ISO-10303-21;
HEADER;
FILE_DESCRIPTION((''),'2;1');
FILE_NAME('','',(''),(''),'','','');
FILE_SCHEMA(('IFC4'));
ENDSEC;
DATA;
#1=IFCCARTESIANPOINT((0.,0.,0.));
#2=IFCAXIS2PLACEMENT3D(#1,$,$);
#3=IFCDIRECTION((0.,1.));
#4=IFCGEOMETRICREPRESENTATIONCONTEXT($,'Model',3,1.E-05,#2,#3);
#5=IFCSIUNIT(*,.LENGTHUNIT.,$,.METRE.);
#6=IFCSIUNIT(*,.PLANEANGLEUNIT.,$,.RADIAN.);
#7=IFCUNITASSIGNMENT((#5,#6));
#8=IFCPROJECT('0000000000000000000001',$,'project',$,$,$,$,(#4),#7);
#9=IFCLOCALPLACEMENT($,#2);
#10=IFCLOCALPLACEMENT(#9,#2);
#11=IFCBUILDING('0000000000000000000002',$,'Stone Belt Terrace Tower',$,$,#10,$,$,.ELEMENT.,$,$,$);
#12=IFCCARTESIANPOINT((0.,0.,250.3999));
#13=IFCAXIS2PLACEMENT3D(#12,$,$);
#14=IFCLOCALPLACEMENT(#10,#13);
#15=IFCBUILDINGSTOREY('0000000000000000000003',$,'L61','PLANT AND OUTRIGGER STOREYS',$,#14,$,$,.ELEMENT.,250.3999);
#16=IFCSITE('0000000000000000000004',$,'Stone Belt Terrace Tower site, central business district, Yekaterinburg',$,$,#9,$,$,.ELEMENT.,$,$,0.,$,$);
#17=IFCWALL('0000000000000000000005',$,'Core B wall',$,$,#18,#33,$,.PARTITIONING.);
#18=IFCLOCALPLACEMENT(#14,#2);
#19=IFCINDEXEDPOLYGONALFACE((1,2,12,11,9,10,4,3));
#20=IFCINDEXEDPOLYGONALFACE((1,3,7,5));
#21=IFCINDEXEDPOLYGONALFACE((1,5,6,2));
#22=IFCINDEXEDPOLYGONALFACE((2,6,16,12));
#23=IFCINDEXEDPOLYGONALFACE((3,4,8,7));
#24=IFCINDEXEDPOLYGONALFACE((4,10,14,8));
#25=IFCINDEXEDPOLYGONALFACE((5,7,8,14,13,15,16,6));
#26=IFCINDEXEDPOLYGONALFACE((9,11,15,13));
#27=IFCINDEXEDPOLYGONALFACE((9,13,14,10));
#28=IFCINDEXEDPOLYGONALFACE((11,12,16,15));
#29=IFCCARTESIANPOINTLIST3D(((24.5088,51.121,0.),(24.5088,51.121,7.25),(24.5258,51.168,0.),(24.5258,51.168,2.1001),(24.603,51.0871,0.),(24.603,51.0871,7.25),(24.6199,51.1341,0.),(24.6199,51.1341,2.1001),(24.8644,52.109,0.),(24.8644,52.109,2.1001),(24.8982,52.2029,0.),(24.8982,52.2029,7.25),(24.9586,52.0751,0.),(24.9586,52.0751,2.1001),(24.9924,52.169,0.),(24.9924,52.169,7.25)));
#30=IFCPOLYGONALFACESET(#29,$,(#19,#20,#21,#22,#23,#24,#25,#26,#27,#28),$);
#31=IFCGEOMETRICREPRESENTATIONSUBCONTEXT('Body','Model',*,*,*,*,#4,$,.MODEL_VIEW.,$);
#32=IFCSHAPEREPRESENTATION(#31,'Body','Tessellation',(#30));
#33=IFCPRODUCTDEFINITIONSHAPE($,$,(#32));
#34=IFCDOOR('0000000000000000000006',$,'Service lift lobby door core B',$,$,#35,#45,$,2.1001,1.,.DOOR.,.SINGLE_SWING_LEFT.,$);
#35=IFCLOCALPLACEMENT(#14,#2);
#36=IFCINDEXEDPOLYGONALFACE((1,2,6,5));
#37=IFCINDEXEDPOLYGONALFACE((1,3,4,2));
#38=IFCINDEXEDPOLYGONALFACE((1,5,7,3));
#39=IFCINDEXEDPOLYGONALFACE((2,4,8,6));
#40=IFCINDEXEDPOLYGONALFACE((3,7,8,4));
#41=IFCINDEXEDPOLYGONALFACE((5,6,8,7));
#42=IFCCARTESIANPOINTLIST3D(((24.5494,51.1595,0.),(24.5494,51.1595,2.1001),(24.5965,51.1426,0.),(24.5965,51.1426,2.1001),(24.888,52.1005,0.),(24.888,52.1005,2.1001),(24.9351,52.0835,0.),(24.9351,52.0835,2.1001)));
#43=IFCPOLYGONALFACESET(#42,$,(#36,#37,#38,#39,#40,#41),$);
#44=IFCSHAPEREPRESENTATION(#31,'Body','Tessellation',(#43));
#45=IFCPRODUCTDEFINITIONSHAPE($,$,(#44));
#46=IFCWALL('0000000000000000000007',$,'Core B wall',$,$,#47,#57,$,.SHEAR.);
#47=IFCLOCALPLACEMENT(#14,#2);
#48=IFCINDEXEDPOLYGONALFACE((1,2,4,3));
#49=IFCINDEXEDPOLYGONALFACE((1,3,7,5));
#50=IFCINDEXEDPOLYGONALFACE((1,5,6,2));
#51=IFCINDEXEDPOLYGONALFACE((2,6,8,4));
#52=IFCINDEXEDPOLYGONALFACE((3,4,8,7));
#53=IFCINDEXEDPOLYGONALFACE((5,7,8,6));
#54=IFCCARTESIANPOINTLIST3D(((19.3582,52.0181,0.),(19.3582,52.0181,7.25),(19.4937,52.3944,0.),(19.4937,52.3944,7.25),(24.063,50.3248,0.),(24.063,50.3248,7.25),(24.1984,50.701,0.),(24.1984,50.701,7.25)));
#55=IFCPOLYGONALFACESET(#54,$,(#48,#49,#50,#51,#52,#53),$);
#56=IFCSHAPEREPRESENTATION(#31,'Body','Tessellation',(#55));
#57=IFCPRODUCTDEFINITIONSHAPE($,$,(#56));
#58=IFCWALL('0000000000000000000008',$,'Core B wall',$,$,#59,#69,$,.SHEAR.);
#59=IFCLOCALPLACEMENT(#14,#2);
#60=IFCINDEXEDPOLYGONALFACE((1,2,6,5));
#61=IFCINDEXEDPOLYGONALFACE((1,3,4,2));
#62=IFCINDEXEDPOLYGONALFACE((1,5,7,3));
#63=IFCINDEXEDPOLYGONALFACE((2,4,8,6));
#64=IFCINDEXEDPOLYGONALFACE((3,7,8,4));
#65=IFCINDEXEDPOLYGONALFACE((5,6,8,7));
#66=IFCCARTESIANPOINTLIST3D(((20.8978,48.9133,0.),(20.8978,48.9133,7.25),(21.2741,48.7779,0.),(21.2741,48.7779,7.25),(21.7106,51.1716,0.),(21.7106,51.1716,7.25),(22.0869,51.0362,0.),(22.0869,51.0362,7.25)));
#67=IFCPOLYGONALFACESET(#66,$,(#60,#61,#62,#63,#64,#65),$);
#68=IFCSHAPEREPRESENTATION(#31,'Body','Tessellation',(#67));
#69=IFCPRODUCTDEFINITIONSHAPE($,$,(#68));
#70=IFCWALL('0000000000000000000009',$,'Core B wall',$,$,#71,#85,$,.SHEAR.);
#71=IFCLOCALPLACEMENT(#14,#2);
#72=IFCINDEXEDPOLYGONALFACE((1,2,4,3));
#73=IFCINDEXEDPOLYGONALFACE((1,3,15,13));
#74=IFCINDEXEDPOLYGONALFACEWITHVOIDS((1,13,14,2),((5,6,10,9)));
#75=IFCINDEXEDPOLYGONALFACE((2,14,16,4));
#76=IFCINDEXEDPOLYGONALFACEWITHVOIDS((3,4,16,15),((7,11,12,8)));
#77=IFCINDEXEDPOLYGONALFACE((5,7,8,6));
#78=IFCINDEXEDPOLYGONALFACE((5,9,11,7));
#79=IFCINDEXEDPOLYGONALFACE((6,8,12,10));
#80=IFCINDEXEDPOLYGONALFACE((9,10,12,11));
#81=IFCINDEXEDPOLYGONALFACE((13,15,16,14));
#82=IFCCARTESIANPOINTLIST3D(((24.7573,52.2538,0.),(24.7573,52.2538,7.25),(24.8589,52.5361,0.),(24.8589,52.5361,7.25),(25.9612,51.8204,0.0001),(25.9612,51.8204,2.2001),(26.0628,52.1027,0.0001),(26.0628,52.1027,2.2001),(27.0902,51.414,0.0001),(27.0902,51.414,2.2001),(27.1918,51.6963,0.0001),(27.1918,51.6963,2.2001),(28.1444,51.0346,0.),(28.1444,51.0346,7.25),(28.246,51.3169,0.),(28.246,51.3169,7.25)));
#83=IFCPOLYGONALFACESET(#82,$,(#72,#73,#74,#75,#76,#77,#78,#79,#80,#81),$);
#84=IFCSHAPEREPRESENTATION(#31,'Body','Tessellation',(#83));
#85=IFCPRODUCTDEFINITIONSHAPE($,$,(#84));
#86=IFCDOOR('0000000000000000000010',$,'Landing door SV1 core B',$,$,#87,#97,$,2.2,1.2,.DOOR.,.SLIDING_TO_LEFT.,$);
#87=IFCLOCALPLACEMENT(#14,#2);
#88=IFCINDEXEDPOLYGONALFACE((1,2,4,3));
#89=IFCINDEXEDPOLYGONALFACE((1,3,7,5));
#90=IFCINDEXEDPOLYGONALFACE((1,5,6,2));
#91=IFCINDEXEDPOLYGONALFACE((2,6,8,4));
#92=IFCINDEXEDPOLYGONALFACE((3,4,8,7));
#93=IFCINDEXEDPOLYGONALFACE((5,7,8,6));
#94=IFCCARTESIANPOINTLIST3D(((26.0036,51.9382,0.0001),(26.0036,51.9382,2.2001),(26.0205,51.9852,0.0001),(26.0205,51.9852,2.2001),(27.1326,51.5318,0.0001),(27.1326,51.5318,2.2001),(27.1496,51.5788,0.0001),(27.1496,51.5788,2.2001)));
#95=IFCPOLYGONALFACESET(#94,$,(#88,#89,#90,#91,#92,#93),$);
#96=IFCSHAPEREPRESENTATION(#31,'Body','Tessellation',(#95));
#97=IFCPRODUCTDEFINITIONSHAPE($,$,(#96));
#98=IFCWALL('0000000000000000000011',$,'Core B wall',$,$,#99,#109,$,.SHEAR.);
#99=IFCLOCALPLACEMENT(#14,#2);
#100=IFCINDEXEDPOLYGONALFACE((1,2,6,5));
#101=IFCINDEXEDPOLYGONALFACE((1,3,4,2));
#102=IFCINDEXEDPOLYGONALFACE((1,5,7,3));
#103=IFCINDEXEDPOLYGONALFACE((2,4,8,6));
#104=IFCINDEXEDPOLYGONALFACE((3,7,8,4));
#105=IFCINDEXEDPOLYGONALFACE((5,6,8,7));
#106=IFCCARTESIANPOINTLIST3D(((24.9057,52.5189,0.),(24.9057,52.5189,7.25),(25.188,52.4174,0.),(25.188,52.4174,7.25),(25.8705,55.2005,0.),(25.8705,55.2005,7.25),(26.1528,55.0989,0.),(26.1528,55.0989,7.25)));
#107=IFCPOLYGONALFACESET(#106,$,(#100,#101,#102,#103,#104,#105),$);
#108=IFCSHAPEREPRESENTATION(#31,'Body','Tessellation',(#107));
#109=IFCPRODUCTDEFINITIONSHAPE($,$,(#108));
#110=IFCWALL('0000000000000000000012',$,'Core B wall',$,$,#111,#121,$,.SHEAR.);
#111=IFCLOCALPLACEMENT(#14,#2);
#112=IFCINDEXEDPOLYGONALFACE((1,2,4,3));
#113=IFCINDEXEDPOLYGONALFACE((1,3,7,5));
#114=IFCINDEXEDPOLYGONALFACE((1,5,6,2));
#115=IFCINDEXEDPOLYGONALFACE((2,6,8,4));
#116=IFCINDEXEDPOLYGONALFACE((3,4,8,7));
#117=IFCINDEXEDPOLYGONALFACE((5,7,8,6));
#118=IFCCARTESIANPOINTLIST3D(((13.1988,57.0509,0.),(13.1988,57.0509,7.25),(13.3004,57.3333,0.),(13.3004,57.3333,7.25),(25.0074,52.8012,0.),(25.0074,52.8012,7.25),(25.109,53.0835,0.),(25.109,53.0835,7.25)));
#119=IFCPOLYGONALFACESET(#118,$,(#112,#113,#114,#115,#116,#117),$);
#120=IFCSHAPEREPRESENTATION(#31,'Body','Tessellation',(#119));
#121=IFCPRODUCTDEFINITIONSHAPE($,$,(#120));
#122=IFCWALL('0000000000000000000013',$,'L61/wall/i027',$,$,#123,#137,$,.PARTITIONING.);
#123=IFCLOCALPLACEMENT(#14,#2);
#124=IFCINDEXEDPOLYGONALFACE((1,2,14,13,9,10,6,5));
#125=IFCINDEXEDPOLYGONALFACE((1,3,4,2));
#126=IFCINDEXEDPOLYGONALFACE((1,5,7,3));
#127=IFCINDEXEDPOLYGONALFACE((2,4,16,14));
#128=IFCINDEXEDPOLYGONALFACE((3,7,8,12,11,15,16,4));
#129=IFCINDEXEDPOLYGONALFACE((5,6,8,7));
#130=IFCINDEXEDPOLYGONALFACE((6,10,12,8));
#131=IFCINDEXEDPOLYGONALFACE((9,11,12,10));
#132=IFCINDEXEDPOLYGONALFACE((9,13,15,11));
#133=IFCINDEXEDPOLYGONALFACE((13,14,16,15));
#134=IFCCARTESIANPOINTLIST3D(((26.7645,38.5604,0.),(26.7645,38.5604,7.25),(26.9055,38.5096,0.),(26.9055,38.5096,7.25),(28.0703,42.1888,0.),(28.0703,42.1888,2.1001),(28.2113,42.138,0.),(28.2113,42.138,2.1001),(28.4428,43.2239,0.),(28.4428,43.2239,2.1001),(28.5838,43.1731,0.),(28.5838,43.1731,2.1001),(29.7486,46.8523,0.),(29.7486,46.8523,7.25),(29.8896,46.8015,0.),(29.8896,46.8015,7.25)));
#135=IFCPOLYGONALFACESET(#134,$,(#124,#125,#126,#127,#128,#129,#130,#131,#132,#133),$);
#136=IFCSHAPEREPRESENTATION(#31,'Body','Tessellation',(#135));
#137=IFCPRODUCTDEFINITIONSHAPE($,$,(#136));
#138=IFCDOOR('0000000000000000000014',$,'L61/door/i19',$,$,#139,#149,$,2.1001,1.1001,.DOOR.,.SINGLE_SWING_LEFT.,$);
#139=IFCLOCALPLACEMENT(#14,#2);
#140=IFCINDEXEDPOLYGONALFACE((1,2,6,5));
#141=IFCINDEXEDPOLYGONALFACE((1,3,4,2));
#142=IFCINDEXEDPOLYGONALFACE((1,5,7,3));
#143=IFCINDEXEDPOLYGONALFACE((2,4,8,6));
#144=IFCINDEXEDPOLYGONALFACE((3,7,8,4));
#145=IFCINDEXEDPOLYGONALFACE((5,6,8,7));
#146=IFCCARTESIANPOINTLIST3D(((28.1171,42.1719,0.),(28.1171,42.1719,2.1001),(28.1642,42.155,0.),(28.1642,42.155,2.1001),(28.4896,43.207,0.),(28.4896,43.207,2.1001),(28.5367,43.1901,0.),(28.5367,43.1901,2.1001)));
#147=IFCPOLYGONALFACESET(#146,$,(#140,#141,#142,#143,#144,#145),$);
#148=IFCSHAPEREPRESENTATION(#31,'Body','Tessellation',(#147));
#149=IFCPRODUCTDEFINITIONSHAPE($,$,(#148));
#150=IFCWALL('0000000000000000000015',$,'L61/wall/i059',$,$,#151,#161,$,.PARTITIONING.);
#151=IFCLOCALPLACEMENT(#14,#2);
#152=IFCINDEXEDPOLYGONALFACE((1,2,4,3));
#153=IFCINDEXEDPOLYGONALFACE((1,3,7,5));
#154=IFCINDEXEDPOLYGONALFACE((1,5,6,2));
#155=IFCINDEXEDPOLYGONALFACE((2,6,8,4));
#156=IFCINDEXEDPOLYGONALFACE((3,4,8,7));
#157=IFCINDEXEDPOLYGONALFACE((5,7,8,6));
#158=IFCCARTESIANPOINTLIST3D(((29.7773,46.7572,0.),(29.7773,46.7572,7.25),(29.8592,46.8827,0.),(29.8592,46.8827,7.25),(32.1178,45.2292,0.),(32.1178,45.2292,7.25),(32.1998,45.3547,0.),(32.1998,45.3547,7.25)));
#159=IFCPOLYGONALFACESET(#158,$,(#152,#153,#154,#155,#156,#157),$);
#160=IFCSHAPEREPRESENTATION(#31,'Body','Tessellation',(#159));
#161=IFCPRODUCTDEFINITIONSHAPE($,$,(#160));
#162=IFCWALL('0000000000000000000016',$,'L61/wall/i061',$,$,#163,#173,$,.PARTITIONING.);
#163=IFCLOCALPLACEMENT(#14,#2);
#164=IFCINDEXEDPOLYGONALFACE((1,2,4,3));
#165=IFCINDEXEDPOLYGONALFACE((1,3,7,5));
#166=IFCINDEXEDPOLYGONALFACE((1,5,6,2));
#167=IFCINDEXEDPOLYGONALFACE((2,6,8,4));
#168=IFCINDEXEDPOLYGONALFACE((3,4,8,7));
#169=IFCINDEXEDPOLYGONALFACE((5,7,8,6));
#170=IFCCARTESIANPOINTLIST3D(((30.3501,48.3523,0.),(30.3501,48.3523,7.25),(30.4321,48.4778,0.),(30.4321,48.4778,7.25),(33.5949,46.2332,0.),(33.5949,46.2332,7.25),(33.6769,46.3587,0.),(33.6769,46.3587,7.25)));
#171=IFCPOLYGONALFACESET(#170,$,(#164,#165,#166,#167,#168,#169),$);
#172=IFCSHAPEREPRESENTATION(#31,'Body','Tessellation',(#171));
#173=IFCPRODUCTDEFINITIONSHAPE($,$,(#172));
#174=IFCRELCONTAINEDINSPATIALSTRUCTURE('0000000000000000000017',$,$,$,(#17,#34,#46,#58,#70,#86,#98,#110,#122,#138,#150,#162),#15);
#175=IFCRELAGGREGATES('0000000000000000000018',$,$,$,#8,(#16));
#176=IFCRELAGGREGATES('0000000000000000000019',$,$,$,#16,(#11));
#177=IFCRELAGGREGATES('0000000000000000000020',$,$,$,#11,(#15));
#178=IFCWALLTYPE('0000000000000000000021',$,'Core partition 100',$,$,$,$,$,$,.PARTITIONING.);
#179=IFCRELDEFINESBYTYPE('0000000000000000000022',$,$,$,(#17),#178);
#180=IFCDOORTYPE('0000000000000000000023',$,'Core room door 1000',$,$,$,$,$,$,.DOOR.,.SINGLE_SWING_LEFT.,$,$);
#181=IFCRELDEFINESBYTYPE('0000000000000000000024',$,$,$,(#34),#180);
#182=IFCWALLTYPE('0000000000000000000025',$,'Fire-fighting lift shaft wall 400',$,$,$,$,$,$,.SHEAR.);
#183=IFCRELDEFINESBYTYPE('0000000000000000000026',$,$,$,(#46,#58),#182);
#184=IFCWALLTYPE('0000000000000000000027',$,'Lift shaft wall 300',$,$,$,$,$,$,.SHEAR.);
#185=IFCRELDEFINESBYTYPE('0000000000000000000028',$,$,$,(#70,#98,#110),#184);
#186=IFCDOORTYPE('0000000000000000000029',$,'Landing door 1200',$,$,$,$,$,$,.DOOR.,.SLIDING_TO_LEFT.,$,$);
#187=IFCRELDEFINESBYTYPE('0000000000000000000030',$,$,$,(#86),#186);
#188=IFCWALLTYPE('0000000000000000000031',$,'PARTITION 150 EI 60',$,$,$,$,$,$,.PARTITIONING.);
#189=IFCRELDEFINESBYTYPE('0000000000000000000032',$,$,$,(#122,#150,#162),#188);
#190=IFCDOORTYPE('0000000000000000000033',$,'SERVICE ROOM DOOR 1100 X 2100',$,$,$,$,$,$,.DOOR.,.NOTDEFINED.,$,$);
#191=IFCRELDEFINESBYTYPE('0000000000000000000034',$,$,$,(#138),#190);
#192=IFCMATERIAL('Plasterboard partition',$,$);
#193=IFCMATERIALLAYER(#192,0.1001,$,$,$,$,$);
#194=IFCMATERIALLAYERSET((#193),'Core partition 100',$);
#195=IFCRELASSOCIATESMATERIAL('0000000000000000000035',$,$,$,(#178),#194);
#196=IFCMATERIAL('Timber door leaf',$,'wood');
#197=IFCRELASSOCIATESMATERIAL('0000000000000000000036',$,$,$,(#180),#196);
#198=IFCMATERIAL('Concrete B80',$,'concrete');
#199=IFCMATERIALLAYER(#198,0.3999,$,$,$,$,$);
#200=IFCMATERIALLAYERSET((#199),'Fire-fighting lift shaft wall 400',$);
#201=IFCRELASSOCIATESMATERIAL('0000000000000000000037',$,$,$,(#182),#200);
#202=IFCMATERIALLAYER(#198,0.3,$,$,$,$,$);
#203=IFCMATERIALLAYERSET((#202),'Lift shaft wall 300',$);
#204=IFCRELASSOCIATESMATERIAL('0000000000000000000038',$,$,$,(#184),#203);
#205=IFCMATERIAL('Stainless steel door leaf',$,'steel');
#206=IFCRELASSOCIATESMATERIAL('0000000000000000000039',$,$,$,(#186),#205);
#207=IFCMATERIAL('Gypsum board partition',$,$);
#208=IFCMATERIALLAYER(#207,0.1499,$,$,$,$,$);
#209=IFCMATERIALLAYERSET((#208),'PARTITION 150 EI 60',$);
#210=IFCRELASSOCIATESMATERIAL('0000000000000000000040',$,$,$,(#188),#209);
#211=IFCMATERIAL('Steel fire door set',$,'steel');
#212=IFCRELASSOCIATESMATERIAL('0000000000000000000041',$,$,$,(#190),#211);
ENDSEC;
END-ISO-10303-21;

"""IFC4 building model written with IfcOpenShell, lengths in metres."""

from ifc_helpers import new_model, si_unit, direction, frame, frame_2d, origin, place, context, subcontext, project, spatial, rectangle, extrude, material, layer, layer_set, type_object, element, fill, save


model = new_model("IFC4")

# Units and contexts
model_context = context("Model", 3, precision=1e-05, world=origin(), true_north=direction((0.0, 1.0)))
body_context = subcontext(model_context, "Body", "Model", "MODEL_VIEW")
ifc_project = project(units=[si_unit("LENGTHUNIT", "METRE"), si_unit("PLANEANGLEUNIT", "RADIAN")], contexts=[model_context])

# Site, building, storey
site_placement = place(None, origin())
site = spatial("IfcSite", under=ifc_project, at=site_placement, Name="Stone Belt Terrace Tower site, central business district, Yekaterinburg", CompositionType="ELEMENT", RefElevation=0.0)
building_placement = place(site_placement, origin())
building = spatial("IfcBuilding", under=site, at=building_placement, Name="Stone Belt Terrace Tower", CompositionType="ELEMENT")
storey_placement = place(building_placement, frame((0.0, 0.0, 250.3999)))
storey = spatial("IfcBuildingStorey", under=building, at=storey_placement, Name="L61", Description="PLANT AND OUTRIGGER STOREYS", CompositionType="ELEMENT", Elevation=250.3999)

# Wall, opening, door
ifc_material_1 = material(Name="Plasterboard partition")
ifc_layer_1 = layer(ifc_material_1, 0.1001)
ifc_layer_set_1 = layer_set([ifc_layer_1], Name="Core partition 100")
wall_type_1 = type_object("IfcWallType", Name="Core partition 100", PredefinedType="PARTITIONING", material=ifc_layer_set_1)
wall_1_placement = place(storey_placement, frame((24.5559, 51.104, 0.0), z_axis=(0.0, 0.0, 1.0), x_axis=(0.338622, 0.940923, 0.0)))
wall_1 = element("IfcWall", 1, at=wall_1_placement, inside=storey, type_object=wall_type_1, Name="Core B wall", PredefinedType="PARTITIONING", context=body_context, shape_type="SweptSolid", body=[
    extrude(rectangle(XDim=1.1499, YDim=0.1001, at=frame_2d((0.575, 0.0))), origin(), (0.0, 0.0, 1.0), 7.25),
])
opening_1_placement = place(wall_1_placement, frame((0.05, 0.0, 0.0)))
opening_1 = element("IfcOpeningElement", 2, at=opening_1_placement, cuts=wall_1, PredefinedType="OPENING", context=body_context, shape_type="SweptSolid", body=[
    extrude(rectangle(XDim=1.0, YDim=2.1001, at=frame_2d((0.5, 1.05))), frame((0.0, 0.0601, 0.0), z_axis=(0.0, -1.0, 0.0), x_axis=(1.0, 0.0, 0.0)), (0.0, 0.0, 1.0), 0.1201),
])
ifc_material_2 = material(Name="Timber door leaf", Category="wood")
door_type_1 = type_object("IfcDoorType", Name="Core room door 1000", OperationType="SINGLE_SWING_LEFT", PredefinedType="DOOR", material=ifc_material_2)
door_1_placement = place(opening_1_placement, origin())
door_1 = element("IfcDoor", 3, at=door_1_placement, inside=storey, type_object=door_type_1, Name="Service lift lobby door core B", OperationType="SINGLE_SWING_LEFT", OverallHeight=2.1001, OverallWidth=1.0, PredefinedType="DOOR", context=body_context, shape_type="SweptSolid", body=[
    extrude(rectangle(XDim=1.0, YDim=2.1001, at=frame_2d((0.5, 1.05))), frame((0.0, 0.0249, 0.0), z_axis=(0.0, -1.0, 0.0), x_axis=(1.0, 0.0, 0.0)), (0.0, 0.0, 1.0), 0.05),
])
fill(opening_1, door_1)

# Walls
ifc_material_3 = material(Name="Concrete B80", Category="concrete")
ifc_layer_2 = layer(ifc_material_3, 0.3999)
ifc_layer_set_2 = layer_set([ifc_layer_2], Name="Fire-fighting lift shaft wall 400")
wall_type_2 = type_object("IfcWallType", Name="Fire-fighting lift shaft wall 400", PredefinedType="SHEAR", material=ifc_layer_set_2)
wall_2_placement = place(storey_placement, frame((24.1306, 50.5129, 0.0), z_axis=(0.0, 0.0, 1.0), x_axis=(-0.940912, 0.338652, 0.0)))
element("IfcWall", 4, at=wall_2_placement, inside=storey, type_object=wall_type_2, Name="Core B wall", PredefinedType="SHEAR", context=body_context, shape_type="SweptSolid", body=[
    extrude(rectangle(XDim=5.0002, YDim=0.3999, at=frame_2d((2.5, 0.0))), origin(), (0.0, 0.0, 1.0), 7.25),
])
wall_3_placement = place(storey_placement, frame((21.0859, 48.8455, 0.0), z_axis=(0.0, 0.0, 1.0), x_axis=(0.338629, 0.94092, 0.0)))
element("IfcWall", 5, at=wall_3_placement, inside=storey, type_object=wall_type_2, Name="Core B wall", PredefinedType="SHEAR", context=body_context, shape_type="SweptSolid", body=[
    extrude(rectangle(XDim=2.4001, YDim=0.3999, at=frame_2d((1.2002, 0.0))), origin(), (0.0, 0.0, 1.0), 7.25),
])

# Wall, opening, door
ifc_layer_3 = layer(ifc_material_3, 0.3)
ifc_layer_set_3 = layer_set([ifc_layer_3], Name="Lift shaft wall 300")
wall_type_3 = type_object("IfcWallType", Name="Lift shaft wall 300", PredefinedType="SHEAR", material=ifc_layer_set_3)
wall_4_placement = place(storey_placement, frame((28.1951, 51.1758, 0.0), z_axis=(0.0, 0.0, 1.0), x_axis=(-0.940901, 0.338681, 0.0)))
wall_4 = element("IfcWall", 6, at=wall_4_placement, inside=storey, type_object=wall_type_3, Name="Core B wall", PredefinedType="SHEAR", context=body_context, shape_type="SweptSolid", body=[
    extrude(rectangle(XDim=3.5999, YDim=0.3, at=frame_2d((1.7998, 0.0))), origin(), (0.0, 0.0, 1.0), 7.25),
])
opening_2_placement = place(wall_4_placement, frame((1.1201, 0.0, 0.0)))
opening_2 = element("IfcOpeningElement", 7, at=opening_2_placement, cuts=wall_4, PredefinedType="OPENING", context=body_context, shape_type="SweptSolid", body=[
    extrude(rectangle(XDim=1.2, YDim=2.2, at=frame_2d((0.6001, 1.1001))), frame((0.0, 0.1599, 0.0), z_axis=(0.0, -1.0, 0.0), x_axis=(1.0, 0.0, 0.0)), (0.0, 0.0, 1.0), 0.3201),
])
ifc_material_4 = material(Name="Stainless steel door leaf", Category="steel")
door_type_2 = type_object("IfcDoorType", Name="Landing door 1200", OperationType="SLIDING_TO_LEFT", PredefinedType="DOOR", material=ifc_material_4)
door_2_placement = place(opening_2_placement, origin())
door_2 = element("IfcDoor", 8, at=door_2_placement, inside=storey, type_object=door_type_2, Name="Landing door SV1 core B", OperationType="SLIDING_TO_LEFT", OverallHeight=2.2, OverallWidth=1.2, PredefinedType="DOOR", context=body_context, shape_type="SweptSolid", body=[
    extrude(rectangle(XDim=1.2, YDim=2.2, at=frame_2d((0.6001, 1.1001))), frame((0.0, 0.0249, 0.0), z_axis=(0.0, -1.0, 0.0), x_axis=(1.0, 0.0, 0.0)), (0.0, 0.0, 1.0), 0.05),
])
fill(opening_2, door_2)

# Walls
wall_5_placement = place(storey_placement, frame((25.0469, 52.4683, 0.0), z_axis=(0.0, 0.0, 1.0), x_axis=(0.33855, 0.940949, 0.0)))
element("IfcWall", 9, at=wall_5_placement, inside=storey, type_object=wall_type_3, Name="Core B wall", PredefinedType="SHEAR", context=body_context, shape_type="SweptSolid", body=[
    extrude(rectangle(XDim=2.8499, YDim=0.3, at=frame_2d((1.4248, 0.0))), origin(), (0.0, 0.0, 1.0), 7.25),
])
wall_6_placement = place(storey_placement, frame((25.0581, 52.9424, 0.0), z_axis=(0.0, 0.0, 1.0), x_axis=(-0.940921, 0.338625, 0.0)))
element("IfcWall", 10, at=wall_6_placement, inside=storey, type_object=wall_type_3, Name="Core B wall", PredefinedType="SHEAR", context=body_context, shape_type="SweptSolid", body=[
    extrude(rectangle(XDim=12.55, YDim=0.3, at=frame_2d((6.2749, 0.0))), origin(), (0.0, 0.0, 1.0), 7.25),
])

# Wall, opening, door
ifc_material_5 = material(Name="Gypsum board partition")
ifc_layer_4 = layer(ifc_material_5, 0.1499)
ifc_layer_set_4 = layer_set([ifc_layer_4], Name="PARTITION 150 EI 60")
wall_type_4 = type_object("IfcWallType", Name="PARTITION 150 EI 60", PredefinedType="PARTITIONING", material=ifc_layer_set_4)
wall_7_placement = place(storey_placement, frame((29.8191, 46.8269, 0.0), z_axis=(0.0, 0.0, 1.0), x_axis=(-0.33862, -0.940923, 0.0)))
wall_7 = element("IfcWall", 11, at=wall_7_placement, inside=storey, type_object=wall_type_4, Name="L61/wall/i027", PredefinedType="PARTITIONING", context=body_context, shape_type="SweptSolid", body=[
    extrude(rectangle(XDim=8.8125, YDim=0.1499, at=frame_2d((4.4062, 0.0))), origin(), (0.0, 0.0, 1.0), 7.25),
])
opening_3_placement = place(wall_7_placement, frame((3.8562, 0.0, 0.0)))
opening_3 = element("IfcOpeningElement", 12, at=opening_3_placement, cuts=wall_7, PredefinedType="OPENING", context=body_context, shape_type="SweptSolid", body=[
    extrude(rectangle(XDim=1.1001, YDim=2.1001, at=frame_2d((0.55, 1.05))), frame((0.0, 0.085, 0.0), z_axis=(0.0, -1.0, 0.0), x_axis=(1.0, 0.0, 0.0)), (0.0, 0.0, 1.0), 0.1699),
])
ifc_material_6 = material(Name="Steel fire door set", Category="steel")
door_type_3 = type_object("IfcDoorType", Name="SERVICE ROOM DOOR 1100 X 2100", OperationType="NOTDEFINED", PredefinedType="DOOR", material=ifc_material_6)
door_3_placement = place(opening_3_placement, origin())
door_3 = element("IfcDoor", 13, at=door_3_placement, inside=storey, type_object=door_type_3, Name="L61/door/i19", OperationType="SINGLE_SWING_LEFT", OverallHeight=2.1001, OverallWidth=1.1001, PredefinedType="DOOR", context=body_context, shape_type="SweptSolid", body=[
    extrude(rectangle(XDim=1.1001, YDim=2.1001, at=frame_2d((0.55, 1.05))), frame((0.0, 0.0249, 0.0), z_axis=(0.0, -1.0, 0.0), x_axis=(1.0, 0.0, 0.0)), (0.0, 0.0, 1.0), 0.05),
])
fill(opening_3, door_3)

# Walls
wall_8_placement = place(storey_placement, frame((32.1587, 45.292, 0.0), z_axis=(0.0, 0.0, 1.0), x_axis=(-0.837346, 0.546673, 0.0)))
element("IfcWall", 14, at=wall_8_placement, inside=storey, type_object=wall_type_4, Name="L61/wall/i059", PredefinedType="PARTITIONING", context=body_context, shape_type="SweptSolid", body=[
    extrude(rectangle(XDim=2.7952, YDim=0.1499, at=frame_2d((1.3975, 0.0))), origin(), (0.0, 0.0, 1.0), 7.25),
])
wall_9_placement = place(storey_placement, frame((30.3911, 48.415, 0.0), z_axis=(0.0, 0.0, 1.0), x_axis=(0.837266, -0.546796, 0.0)))
element("IfcWall", 15, at=wall_9_placement, inside=storey, type_object=wall_type_4, Name="L61/wall/i061", PredefinedType="PARTITIONING", context=body_context, shape_type="SweptSolid", body=[
    extrude(rectangle(XDim=3.8755, YDim=0.1499, at=frame_2d((1.9377, 0.0))), origin(), (0.0, 0.0, 1.0), 7.25),
])

save(model, "model.ifc")
